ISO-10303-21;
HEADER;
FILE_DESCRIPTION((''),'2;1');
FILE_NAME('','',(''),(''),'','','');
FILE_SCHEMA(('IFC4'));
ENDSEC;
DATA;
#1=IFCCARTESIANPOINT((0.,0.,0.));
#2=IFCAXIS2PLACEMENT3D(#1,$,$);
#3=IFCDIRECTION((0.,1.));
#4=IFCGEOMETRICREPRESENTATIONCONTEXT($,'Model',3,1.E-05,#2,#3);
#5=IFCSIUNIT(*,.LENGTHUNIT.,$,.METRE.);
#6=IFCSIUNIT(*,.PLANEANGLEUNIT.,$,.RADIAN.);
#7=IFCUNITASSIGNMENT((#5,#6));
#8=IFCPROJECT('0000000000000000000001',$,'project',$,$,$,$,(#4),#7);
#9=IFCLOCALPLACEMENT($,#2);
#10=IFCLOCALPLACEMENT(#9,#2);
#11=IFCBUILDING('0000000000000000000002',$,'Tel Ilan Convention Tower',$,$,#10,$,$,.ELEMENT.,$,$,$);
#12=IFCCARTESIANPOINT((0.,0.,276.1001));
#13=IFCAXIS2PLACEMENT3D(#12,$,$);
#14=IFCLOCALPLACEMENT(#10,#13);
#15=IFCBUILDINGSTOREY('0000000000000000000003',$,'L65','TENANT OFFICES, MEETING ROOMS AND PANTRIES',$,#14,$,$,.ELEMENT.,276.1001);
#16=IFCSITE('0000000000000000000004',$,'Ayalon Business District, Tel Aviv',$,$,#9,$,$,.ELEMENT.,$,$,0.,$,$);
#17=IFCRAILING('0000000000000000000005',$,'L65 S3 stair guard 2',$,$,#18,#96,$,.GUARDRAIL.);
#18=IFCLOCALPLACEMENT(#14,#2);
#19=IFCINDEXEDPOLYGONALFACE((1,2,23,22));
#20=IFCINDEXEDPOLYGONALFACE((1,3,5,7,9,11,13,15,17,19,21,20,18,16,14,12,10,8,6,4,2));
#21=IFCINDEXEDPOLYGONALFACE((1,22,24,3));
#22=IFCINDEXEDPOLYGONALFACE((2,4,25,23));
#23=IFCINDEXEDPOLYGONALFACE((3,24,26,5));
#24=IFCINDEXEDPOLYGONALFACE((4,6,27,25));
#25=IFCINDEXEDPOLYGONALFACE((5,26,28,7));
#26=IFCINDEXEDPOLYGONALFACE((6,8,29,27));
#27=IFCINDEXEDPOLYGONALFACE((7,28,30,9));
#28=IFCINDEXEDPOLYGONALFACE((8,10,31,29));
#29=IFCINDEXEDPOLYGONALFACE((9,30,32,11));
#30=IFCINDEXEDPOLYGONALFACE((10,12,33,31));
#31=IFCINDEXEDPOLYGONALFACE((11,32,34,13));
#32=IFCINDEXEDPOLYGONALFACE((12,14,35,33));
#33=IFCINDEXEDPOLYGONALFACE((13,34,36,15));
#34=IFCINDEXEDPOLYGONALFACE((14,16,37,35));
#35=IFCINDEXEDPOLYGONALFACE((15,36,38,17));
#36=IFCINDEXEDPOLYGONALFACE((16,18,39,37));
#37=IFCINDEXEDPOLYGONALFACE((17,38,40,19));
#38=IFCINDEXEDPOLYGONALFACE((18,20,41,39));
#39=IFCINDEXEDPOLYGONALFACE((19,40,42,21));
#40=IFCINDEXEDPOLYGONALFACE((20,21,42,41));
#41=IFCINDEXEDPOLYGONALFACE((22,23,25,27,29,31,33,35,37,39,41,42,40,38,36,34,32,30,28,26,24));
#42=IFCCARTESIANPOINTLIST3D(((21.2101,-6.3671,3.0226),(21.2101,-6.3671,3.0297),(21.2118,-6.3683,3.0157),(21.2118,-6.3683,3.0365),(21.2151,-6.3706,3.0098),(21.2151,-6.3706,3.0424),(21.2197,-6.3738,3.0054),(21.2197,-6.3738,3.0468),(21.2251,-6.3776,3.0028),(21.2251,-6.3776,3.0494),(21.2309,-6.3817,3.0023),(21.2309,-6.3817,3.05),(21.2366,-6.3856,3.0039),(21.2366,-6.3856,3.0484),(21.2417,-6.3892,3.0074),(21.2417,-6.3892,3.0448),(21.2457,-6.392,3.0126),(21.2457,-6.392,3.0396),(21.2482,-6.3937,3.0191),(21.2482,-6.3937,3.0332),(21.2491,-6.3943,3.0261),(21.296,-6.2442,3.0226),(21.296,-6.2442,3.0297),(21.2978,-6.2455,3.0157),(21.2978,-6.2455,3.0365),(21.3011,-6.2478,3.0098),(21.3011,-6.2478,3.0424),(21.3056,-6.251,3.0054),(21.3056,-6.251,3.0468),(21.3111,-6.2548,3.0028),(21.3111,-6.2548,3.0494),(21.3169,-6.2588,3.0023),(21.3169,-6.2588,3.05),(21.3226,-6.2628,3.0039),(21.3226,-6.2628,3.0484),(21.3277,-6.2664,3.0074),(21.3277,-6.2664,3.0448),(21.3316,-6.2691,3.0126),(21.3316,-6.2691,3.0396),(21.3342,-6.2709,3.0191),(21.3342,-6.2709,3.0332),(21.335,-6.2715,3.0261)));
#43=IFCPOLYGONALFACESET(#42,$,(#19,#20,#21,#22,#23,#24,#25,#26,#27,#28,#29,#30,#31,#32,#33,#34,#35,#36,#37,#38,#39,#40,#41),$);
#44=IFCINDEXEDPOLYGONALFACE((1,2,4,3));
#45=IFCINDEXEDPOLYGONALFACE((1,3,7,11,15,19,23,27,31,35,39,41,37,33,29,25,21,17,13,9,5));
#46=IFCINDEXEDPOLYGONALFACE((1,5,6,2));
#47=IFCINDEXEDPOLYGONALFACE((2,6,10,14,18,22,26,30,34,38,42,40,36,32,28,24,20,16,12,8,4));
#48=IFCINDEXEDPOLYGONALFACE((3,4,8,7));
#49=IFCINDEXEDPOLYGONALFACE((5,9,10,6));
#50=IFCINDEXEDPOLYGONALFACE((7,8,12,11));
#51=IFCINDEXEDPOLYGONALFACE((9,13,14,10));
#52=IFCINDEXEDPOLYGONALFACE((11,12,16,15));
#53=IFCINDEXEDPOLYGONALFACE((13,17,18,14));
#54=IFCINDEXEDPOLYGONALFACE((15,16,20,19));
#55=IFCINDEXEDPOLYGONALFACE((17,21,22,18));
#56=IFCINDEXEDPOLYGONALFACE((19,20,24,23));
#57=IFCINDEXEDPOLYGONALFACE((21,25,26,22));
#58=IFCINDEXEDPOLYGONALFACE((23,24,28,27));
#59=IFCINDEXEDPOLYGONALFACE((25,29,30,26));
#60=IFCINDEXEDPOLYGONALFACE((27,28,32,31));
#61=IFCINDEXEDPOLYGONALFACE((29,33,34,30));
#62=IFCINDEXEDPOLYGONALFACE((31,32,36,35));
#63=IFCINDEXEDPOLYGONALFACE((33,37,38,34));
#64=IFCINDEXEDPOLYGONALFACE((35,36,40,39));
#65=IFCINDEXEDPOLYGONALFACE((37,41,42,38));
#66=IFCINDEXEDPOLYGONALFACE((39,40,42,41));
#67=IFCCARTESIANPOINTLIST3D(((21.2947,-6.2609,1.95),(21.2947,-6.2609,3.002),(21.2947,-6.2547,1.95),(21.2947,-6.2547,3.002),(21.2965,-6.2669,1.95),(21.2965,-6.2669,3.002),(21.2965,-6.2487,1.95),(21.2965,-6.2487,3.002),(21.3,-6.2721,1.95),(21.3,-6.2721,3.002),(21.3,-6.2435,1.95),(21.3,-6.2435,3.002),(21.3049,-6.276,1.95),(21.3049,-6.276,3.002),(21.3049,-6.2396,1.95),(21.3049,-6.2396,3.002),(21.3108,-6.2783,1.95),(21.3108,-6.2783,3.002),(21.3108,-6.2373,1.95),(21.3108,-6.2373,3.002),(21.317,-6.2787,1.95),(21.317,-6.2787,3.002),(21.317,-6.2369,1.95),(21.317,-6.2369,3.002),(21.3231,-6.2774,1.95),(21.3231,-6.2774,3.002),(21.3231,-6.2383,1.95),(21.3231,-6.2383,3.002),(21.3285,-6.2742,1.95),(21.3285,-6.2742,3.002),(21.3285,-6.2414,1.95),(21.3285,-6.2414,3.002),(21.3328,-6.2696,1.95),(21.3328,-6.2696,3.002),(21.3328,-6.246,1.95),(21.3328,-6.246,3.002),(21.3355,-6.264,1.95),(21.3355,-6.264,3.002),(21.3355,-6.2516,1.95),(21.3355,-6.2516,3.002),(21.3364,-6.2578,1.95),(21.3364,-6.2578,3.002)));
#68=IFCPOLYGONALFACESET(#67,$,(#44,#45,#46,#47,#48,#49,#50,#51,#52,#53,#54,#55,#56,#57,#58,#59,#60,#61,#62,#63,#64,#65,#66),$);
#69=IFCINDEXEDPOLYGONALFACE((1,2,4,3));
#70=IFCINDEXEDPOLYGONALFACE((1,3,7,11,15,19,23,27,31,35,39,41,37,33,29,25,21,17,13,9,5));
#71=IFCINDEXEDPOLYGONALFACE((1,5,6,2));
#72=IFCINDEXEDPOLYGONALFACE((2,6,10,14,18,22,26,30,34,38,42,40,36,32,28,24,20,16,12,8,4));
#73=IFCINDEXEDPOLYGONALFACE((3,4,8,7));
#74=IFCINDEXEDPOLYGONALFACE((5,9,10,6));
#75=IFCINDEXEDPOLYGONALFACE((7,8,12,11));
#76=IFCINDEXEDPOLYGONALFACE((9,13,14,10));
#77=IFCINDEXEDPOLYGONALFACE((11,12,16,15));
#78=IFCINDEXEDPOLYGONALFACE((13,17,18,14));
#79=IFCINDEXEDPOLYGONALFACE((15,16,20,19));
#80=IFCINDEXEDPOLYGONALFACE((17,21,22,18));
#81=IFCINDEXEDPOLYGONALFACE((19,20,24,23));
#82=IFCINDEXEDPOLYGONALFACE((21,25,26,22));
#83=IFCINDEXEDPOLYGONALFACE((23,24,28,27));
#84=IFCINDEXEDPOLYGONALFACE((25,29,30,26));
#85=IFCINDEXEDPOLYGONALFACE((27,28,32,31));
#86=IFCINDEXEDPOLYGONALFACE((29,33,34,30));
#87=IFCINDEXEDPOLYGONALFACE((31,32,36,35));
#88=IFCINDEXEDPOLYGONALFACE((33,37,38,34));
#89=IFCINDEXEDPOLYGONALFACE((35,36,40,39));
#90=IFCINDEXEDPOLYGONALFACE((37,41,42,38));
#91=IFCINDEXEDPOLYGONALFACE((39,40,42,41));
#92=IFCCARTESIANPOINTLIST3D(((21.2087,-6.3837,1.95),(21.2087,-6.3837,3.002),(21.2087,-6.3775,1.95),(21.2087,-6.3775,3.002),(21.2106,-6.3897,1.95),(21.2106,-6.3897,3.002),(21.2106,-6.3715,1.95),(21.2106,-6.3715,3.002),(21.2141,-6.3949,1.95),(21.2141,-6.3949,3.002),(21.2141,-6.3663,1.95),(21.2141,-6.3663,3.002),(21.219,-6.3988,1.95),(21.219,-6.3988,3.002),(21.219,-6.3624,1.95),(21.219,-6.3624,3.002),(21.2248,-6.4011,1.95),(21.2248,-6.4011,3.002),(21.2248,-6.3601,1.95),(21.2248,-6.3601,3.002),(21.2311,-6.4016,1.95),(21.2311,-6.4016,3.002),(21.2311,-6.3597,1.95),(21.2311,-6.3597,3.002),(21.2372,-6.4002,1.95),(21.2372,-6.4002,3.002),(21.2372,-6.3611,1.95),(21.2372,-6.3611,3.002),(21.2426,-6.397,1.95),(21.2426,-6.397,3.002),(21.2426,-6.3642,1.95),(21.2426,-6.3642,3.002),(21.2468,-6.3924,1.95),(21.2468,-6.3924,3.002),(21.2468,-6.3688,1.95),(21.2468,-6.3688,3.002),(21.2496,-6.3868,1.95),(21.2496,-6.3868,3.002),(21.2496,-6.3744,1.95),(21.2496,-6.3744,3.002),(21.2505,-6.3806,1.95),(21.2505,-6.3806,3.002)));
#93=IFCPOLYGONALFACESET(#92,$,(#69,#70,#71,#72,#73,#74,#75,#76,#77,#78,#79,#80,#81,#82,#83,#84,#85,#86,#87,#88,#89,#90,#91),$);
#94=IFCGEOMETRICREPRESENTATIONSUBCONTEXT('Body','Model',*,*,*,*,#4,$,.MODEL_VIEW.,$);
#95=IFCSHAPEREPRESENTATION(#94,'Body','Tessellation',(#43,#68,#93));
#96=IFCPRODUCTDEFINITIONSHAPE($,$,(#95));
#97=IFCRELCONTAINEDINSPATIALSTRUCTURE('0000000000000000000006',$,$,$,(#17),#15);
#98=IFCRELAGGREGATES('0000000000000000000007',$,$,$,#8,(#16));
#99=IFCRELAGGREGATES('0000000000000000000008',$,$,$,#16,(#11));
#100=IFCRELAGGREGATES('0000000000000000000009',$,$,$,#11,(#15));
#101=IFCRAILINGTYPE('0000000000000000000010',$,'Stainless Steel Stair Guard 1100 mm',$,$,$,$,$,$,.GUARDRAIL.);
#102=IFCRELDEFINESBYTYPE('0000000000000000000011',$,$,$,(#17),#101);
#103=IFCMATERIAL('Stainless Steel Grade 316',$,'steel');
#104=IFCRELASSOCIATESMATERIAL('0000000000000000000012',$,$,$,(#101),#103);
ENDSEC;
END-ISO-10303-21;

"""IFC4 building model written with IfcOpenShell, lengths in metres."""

from ifc_helpers import new_model, si_unit, direction, frame, origin, origin_2d, place, context, subcontext, project, spatial, circle, extrude, material, type_object, element, save


model = new_model("IFC4")

# Units and contexts
model_context = context("Model", 3, precision=1e-05, world=origin(), true_north=direction((0.0, 1.0)))
body_context = subcontext(model_context, "Body", "Model", "MODEL_VIEW")
ifc_project = project(units=[si_unit("LENGTHUNIT", "METRE"), si_unit("PLANEANGLEUNIT", "RADIAN")], contexts=[model_context])

# Site, building, storey
site_placement = place(None, origin())
site = spatial("IfcSite", under=ifc_project, at=site_placement, Name="Ayalon Business District, Tel Aviv", CompositionType="ELEMENT", RefElevation=0.0)
building_placement = place(site_placement, origin())
building = spatial("IfcBuilding", under=site, at=building_placement, Name="Tel Ilan Convention Tower", CompositionType="ELEMENT")
storey_placement = place(building_placement, frame((0.0, 0.0, 276.1001)))
storey = spatial("IfcBuildingStorey", under=building, at=storey_placement, Name="L65", Description="TENANT OFFICES, MEETING ROOMS AND PANTRIES", CompositionType="ELEMENT", Elevation=276.1001)

# Railing
ifc_material_1 = material(Name="Stainless Steel Grade 316", Category="steel")
railing_type_1 = type_object("IfcRailingType", Name="Stainless Steel Stair Guard 1100 mm", PredefinedType="GUARDRAIL", material=ifc_material_1)
railing_1_placement = place(storey_placement, frame((21.3154, -6.2578, 1.95)))
element("IfcRailing", 1, at=railing_1_placement, inside=storey, type_object=railing_type_1, Name="L65 S3 stair guard 2", PredefinedType="GUARDRAIL", context=body_context, shape_type="SweptSolid", body=[
    extrude(circle(Radius=0.0239, at=origin_2d()), frame((0.0, 0.0, 1.0762), z_axis=(-0.573353, -0.819308, 0.0), x_axis=(0.819308, -0.573353, 0.0)), (0.0, 0.0, 1.0), 0.1499),
    extrude(circle(Radius=0.021, at=origin_2d()), origin(), (0.0, 0.0, 1.0), 1.052),
    extrude(circle(Radius=0.021, at=origin_2d()), frame((-0.0859, -0.1228, 0.0)), (0.0, 0.0, 1.0), 1.052),
])

save(model, "model.ifc")
